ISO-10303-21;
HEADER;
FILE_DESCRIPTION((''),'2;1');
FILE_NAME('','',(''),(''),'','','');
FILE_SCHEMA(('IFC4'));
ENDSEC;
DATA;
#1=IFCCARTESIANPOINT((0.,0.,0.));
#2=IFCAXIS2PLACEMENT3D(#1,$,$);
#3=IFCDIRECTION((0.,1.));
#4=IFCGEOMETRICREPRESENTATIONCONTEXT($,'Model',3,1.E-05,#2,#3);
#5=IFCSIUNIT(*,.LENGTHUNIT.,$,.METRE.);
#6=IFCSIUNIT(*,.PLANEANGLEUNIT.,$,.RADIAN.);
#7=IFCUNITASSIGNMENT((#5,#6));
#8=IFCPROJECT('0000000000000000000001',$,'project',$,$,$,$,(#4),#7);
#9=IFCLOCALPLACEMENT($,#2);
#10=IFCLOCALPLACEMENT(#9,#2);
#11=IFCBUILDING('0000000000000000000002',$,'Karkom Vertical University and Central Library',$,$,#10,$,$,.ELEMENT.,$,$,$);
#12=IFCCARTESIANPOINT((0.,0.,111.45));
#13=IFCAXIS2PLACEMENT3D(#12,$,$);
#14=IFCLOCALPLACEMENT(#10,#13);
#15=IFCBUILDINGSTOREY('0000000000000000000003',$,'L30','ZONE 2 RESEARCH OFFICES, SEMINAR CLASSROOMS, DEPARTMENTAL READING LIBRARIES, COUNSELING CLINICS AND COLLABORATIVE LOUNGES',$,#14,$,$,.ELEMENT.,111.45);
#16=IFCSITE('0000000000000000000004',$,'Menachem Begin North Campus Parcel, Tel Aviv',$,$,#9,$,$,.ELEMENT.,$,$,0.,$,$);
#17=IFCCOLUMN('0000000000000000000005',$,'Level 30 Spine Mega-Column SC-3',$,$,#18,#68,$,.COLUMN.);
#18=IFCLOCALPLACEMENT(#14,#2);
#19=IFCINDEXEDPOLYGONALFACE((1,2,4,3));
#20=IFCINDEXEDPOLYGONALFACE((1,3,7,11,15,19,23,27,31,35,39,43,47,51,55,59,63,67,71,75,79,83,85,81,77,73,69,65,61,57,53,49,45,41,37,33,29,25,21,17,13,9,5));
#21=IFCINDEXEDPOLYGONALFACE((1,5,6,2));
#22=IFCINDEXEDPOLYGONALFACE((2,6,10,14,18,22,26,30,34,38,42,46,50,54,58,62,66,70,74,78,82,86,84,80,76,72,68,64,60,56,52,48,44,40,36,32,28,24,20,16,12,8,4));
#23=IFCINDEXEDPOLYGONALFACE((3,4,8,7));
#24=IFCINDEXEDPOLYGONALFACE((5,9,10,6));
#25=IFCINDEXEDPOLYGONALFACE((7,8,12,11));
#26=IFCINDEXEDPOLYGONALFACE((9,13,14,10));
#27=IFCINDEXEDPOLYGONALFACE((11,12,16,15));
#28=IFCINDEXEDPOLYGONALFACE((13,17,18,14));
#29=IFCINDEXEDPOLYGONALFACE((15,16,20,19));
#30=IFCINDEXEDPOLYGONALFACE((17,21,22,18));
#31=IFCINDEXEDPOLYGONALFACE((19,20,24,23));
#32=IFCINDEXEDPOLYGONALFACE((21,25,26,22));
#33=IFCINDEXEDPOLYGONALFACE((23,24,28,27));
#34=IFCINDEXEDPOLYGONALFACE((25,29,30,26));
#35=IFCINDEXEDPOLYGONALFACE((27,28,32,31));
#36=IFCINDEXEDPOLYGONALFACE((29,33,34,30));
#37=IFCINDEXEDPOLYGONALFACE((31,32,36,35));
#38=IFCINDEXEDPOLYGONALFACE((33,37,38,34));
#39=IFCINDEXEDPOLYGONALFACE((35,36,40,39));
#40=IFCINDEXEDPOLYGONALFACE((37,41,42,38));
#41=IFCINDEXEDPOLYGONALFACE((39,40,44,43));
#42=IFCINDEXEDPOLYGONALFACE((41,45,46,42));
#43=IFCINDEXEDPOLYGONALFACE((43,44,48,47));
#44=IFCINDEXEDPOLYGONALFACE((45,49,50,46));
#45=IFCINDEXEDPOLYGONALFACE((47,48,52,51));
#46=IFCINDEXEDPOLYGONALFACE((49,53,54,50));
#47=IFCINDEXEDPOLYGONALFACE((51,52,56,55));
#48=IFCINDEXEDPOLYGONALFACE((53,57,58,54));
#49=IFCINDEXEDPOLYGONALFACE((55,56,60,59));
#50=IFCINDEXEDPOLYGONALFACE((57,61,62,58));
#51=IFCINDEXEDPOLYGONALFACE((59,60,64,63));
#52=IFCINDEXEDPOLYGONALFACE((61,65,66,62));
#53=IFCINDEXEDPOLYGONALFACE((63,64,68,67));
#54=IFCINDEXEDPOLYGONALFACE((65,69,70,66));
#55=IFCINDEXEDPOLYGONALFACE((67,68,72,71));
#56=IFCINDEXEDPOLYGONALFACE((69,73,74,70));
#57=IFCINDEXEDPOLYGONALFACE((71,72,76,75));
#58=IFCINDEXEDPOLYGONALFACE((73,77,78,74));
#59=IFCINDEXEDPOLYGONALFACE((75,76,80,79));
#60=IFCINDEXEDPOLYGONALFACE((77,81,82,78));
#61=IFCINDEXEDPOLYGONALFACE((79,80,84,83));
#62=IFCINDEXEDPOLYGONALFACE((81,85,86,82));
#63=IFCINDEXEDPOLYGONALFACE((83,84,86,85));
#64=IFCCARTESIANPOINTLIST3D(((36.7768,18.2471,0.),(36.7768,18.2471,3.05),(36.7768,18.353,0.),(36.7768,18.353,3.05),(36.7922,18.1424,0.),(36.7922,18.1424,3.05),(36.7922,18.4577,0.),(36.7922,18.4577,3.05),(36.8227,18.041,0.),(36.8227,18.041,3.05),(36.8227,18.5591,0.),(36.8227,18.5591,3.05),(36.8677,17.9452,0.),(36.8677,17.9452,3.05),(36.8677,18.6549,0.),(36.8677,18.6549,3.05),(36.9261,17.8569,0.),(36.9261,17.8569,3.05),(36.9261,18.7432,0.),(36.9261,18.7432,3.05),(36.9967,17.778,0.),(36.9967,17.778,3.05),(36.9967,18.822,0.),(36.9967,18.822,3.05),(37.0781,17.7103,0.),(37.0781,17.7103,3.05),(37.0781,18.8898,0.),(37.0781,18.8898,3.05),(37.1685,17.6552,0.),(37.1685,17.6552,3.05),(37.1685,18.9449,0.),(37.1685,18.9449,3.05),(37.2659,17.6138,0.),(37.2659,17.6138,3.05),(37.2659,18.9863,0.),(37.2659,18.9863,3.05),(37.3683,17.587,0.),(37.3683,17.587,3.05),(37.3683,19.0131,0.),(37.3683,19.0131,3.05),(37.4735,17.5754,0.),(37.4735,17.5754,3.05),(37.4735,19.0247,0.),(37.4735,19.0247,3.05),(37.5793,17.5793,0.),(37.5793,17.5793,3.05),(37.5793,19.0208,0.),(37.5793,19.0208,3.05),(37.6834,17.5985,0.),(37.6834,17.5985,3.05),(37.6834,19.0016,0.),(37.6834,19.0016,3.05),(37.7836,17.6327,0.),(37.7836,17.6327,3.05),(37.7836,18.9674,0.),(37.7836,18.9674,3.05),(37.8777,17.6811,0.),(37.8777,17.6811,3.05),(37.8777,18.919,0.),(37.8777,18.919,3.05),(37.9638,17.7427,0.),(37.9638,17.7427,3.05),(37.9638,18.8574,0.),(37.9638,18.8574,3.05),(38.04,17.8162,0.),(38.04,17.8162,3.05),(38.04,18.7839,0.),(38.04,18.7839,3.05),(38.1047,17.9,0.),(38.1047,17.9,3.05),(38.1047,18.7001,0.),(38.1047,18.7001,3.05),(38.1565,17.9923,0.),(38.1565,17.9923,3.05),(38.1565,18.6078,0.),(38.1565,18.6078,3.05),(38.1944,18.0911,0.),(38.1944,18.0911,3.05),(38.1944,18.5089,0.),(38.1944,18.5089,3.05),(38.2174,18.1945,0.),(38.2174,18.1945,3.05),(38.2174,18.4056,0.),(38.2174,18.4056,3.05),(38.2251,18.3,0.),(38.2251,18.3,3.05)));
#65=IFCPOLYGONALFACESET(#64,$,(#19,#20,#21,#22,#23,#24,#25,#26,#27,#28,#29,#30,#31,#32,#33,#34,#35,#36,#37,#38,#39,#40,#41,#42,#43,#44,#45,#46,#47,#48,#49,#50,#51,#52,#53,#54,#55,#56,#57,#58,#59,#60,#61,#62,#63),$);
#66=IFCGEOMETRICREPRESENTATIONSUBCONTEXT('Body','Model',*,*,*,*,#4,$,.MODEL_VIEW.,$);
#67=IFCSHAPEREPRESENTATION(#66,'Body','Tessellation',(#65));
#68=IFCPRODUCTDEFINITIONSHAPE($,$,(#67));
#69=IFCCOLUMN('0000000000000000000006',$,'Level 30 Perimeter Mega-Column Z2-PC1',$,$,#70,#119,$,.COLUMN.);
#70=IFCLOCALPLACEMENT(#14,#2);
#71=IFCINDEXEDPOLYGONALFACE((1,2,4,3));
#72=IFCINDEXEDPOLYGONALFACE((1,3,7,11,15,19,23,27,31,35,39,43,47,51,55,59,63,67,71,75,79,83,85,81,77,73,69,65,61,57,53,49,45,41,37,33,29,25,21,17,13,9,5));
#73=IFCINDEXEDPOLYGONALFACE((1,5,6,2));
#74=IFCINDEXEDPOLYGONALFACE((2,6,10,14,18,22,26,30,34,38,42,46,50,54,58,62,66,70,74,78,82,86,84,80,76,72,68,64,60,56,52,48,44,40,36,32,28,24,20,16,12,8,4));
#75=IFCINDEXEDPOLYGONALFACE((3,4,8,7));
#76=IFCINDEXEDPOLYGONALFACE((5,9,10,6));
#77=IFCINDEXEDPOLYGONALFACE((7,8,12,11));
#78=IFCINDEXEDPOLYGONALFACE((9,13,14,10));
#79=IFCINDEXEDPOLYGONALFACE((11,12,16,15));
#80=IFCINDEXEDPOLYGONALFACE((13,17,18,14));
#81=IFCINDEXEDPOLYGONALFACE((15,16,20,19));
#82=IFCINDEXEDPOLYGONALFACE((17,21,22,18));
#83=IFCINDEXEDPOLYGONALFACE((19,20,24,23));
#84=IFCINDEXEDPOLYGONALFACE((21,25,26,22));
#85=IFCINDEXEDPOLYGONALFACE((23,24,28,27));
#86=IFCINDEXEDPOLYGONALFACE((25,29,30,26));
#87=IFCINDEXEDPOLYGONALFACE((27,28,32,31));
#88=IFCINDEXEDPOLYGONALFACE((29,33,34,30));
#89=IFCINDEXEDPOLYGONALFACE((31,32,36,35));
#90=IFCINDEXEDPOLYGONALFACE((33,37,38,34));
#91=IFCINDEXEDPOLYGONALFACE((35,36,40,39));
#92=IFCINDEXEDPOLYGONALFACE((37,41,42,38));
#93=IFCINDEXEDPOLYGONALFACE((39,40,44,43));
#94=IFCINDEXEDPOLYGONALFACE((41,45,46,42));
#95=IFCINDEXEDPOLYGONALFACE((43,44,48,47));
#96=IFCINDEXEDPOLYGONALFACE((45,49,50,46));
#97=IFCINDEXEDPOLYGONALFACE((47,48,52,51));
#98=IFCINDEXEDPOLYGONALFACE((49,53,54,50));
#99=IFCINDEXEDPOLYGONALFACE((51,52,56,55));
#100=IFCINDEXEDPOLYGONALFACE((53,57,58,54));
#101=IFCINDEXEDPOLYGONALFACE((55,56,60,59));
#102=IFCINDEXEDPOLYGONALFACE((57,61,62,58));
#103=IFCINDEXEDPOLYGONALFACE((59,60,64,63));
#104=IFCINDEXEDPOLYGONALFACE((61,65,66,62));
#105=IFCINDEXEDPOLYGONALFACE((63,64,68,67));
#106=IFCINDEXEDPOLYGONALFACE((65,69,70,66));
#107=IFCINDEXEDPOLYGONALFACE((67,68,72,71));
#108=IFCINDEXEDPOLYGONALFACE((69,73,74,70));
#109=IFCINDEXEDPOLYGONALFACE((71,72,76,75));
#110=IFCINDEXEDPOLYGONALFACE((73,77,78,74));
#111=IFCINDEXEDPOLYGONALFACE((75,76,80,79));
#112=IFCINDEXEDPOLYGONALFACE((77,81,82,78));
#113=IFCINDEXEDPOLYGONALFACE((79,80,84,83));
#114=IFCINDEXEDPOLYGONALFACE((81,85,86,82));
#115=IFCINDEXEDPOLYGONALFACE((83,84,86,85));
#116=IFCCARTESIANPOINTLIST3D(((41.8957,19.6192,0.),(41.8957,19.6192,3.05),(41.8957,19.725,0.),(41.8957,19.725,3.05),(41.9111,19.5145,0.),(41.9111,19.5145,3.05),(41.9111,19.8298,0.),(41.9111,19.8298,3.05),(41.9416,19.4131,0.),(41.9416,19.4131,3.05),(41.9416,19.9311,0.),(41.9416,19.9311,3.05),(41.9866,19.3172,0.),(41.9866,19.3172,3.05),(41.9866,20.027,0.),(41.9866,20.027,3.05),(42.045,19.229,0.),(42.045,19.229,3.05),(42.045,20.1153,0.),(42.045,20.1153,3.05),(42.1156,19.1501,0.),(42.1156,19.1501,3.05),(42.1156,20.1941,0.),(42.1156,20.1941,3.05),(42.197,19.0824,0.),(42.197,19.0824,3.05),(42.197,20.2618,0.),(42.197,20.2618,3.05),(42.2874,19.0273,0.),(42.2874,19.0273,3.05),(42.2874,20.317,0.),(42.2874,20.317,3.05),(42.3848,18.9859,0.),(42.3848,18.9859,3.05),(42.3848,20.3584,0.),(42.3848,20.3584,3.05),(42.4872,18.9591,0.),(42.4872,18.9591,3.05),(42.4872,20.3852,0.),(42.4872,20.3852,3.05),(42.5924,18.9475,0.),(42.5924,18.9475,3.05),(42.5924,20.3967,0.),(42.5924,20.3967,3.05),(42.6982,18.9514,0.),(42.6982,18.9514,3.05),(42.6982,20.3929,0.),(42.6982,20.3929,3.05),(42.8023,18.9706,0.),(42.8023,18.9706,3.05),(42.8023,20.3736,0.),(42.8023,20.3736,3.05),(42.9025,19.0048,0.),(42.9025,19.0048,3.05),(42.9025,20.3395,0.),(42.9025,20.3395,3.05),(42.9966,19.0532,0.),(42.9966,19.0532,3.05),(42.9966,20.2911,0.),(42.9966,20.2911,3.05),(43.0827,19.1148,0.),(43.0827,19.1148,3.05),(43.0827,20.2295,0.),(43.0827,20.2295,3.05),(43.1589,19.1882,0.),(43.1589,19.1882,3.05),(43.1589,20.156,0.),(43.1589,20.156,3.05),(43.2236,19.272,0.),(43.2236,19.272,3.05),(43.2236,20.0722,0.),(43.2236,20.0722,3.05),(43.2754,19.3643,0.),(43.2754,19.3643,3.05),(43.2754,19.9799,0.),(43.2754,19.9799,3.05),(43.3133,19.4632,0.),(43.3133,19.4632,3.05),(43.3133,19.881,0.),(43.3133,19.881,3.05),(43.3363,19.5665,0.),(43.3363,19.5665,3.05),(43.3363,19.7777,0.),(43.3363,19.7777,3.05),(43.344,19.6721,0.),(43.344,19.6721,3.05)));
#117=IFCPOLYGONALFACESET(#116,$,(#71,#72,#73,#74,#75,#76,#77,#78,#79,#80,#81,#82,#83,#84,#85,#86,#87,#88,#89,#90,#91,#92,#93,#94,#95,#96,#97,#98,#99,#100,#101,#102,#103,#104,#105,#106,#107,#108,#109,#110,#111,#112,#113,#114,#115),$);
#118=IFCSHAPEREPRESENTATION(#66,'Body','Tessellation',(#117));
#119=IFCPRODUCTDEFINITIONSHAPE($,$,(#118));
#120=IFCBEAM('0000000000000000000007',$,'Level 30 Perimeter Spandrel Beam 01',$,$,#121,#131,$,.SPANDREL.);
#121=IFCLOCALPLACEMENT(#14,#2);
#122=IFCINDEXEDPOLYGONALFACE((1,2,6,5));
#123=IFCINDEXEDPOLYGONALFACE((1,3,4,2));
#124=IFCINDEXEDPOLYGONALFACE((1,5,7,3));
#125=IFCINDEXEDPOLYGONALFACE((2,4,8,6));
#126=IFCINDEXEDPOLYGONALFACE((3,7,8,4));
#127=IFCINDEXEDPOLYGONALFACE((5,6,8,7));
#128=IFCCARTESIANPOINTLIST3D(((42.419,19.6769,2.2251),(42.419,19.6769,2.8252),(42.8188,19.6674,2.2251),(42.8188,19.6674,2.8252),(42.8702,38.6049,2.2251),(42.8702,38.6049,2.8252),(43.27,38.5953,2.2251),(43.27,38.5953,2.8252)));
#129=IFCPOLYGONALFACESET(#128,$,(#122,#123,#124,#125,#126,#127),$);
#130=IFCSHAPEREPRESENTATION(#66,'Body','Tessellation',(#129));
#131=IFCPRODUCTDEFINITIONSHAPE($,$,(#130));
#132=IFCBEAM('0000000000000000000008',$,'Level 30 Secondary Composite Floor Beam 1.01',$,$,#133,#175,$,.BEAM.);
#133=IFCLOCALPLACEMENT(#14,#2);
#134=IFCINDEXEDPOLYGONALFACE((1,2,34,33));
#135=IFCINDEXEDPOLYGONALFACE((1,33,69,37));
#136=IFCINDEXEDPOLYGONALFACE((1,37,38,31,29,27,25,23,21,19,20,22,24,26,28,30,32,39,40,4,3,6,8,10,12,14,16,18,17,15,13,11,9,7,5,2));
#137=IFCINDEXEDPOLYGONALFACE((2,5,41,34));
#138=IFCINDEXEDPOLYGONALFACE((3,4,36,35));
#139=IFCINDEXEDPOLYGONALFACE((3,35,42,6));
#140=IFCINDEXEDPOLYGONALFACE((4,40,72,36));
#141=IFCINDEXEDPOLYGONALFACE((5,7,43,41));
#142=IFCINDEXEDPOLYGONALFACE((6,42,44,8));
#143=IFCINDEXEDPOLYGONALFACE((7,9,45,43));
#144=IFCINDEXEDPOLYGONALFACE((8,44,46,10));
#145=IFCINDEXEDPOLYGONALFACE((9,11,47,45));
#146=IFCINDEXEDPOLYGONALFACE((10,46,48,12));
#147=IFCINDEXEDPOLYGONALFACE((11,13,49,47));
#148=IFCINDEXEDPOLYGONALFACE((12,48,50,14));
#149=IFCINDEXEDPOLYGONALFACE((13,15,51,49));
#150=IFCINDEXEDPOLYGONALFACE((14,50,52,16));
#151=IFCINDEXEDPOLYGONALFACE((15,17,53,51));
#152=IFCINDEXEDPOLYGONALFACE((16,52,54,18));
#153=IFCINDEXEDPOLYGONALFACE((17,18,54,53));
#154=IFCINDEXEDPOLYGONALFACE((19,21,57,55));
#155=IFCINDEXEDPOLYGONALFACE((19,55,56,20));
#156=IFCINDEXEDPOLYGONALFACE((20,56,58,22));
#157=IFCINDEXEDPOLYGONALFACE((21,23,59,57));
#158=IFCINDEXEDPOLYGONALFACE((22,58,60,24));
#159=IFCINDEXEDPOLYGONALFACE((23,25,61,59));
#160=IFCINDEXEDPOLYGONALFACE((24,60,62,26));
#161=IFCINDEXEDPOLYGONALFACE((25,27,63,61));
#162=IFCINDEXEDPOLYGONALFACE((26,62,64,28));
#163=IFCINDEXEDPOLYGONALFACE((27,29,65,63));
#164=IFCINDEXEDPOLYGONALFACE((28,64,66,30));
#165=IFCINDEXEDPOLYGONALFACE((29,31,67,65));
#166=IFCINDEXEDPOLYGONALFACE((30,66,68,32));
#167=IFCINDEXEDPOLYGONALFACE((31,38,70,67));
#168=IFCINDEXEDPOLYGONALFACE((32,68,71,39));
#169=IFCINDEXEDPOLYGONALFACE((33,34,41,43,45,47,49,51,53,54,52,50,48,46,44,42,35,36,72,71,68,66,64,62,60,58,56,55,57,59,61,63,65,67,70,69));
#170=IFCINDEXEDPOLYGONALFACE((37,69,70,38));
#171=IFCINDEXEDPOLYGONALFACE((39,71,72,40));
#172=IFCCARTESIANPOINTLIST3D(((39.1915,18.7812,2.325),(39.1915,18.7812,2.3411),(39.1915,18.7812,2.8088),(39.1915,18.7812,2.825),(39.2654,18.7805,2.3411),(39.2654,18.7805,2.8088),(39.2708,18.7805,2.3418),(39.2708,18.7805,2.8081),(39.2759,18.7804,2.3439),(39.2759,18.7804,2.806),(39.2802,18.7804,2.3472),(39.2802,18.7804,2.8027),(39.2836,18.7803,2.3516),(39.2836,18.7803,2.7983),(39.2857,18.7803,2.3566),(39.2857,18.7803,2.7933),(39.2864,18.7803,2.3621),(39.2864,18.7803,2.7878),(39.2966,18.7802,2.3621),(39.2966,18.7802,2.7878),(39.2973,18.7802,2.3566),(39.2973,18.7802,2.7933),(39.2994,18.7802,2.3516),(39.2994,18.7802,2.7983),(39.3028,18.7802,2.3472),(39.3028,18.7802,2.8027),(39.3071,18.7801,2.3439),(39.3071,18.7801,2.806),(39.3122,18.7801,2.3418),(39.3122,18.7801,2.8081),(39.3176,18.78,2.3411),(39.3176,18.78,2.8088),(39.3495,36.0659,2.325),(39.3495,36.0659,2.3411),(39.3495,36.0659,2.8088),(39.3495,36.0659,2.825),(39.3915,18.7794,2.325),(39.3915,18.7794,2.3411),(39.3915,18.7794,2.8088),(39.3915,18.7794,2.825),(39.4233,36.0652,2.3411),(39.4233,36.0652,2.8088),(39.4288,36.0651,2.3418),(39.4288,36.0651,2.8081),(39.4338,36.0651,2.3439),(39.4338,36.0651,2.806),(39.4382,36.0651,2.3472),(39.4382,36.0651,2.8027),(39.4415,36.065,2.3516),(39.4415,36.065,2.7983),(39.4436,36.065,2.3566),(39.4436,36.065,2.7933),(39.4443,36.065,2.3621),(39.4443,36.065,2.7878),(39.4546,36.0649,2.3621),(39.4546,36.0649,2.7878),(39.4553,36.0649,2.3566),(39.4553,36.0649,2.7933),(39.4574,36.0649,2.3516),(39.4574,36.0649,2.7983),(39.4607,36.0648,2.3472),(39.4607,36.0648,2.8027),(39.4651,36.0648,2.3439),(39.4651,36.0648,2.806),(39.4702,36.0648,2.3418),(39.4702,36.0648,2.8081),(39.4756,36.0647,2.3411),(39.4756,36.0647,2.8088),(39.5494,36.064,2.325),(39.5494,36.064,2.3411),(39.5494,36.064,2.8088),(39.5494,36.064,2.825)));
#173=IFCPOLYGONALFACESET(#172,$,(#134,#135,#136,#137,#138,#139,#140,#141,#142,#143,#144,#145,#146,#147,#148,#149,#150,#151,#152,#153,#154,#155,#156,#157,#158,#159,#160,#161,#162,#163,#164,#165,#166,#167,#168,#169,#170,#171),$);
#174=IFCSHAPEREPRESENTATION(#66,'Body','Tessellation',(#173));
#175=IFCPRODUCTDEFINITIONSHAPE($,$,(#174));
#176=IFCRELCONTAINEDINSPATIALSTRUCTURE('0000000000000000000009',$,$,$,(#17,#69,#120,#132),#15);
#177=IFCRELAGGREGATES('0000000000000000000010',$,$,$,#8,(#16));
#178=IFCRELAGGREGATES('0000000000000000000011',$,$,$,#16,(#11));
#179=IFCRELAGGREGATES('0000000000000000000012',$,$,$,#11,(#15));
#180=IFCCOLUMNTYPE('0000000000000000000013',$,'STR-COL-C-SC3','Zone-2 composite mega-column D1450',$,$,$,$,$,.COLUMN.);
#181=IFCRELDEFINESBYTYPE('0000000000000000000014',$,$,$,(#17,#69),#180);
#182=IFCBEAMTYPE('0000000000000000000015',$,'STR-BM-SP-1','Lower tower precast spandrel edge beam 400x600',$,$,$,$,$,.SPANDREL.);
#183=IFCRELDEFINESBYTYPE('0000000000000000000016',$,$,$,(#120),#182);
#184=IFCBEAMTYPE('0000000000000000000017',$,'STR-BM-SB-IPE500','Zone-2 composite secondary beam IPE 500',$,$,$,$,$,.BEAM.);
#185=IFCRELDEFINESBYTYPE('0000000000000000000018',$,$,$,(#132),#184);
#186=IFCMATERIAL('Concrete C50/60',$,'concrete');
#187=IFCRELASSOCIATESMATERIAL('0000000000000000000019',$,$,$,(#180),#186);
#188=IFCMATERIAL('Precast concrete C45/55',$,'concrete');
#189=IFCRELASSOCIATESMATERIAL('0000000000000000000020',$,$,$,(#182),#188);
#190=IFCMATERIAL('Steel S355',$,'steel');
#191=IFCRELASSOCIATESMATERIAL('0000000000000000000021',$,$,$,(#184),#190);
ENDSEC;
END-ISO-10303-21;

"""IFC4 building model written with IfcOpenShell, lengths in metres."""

from ifc_helpers import new_model, si_unit, direction, frame, origin, origin_with_axes, origin_2d, place, context, subcontext, project, spatial, rectangle, circle, i_section, extrude, source, transform, mapped, material, material_profile, profile_set, type_object, element, save


model = new_model("IFC4")

# Units and contexts
model_context = context("Model", 3, precision=1e-05, world=origin(), true_north=direction((0.0, 1.0)))
body_context = subcontext(model_context, "Body", "Model", "MODEL_VIEW")
ifc_project = project(units=[si_unit("LENGTHUNIT", "METRE"), si_unit("PLANEANGLEUNIT", "RADIAN")], contexts=[model_context])

# Site, building, storey
site_placement = place(None, origin())
site = spatial("IfcSite", under=ifc_project, at=site_placement, Name="Menachem Begin North Campus Parcel, Tel Aviv", CompositionType="ELEMENT", RefElevation=0.0)
building_placement = place(site_placement, origin())
building = spatial("IfcBuilding", under=site, at=building_placement, Name="Karkom Vertical University and Central Library", CompositionType="ELEMENT")
storey_placement = place(building_placement, frame((0.0, 0.0, 111.45)))
storey = spatial("IfcBuildingStorey", under=building, at=storey_placement, Name="L30", Description="ZONE 2 RESEARCH OFFICES, SEMINAR CLASSROOMS, DEPARTMENTAL READING LIBRARIES, COUNSELING CLINICS AND COLLABORATIVE LOUNGES", CompositionType="ELEMENT", Elevation=111.45)

# Columns
ifc_material_1 = material(Name="Concrete C50/60", Category="concrete")
ifc_material_profile_1 = material_profile(ifc_material_1, circle(Radius=0.7251, at=origin_2d()), Name="CFT-D1450")
ifc_profile_set_1 = profile_set([ifc_material_profile_1], Name="Concrete C50/60")
column_type = type_object("IfcColumnType", Name="STR-COL-C-SC3", Description="Zone-2 composite mega-column D1450", PredefinedType="COLUMN", material=ifc_profile_set_1)
shared_shape_1 = source(origin_with_axes(), body_context, "Body", "SweptSolid", [
    extrude(circle(Radius=0.7251, at=origin_2d()), origin(), (0.0, 0.0, 1.0), 3.05),
])
for number, where, z_axis, x_axis, name in (
    (1, (37.5, 18.3, 0.0), (0.0, 0.0, 1.0), (1.0, 0.0, 0.0), "Level 30 Spine Mega-Column SC-3"),
    (2, (42.6189, 19.6721, 0.0), (0.0, 0.0, 1.0), (1.0, 0.0, 0.0), "Level 30 Perimeter Mega-Column Z2-PC1"),
):
    element("IfcColumn", number, at=place(storey_placement, frame(where, z_axis=z_axis, x_axis=x_axis)), inside=storey, type_object=column_type, Name=name, PredefinedType="COLUMN", context=body_context, shape_type="MappedRepresentation", body=[
        mapped(shared_shape_1, transform((0.0, 0.0, 0.0), scale=1.0)),
    ])

# Beams
ifc_material_2 = material(Name="Precast concrete C45/55", Category="concrete")
ifc_material_profile_2 = material_profile(ifc_material_2, rectangle(XDim=0.3999, YDim=0.6001, at=origin_2d()), Name="SPB-400x600")
ifc_profile_set_2 = profile_set([ifc_material_profile_2], Name="Precast concrete C45/55")
beam_type_1 = type_object("IfcBeamType", Name="STR-BM-SP-1", Description="Lower tower precast spandrel edge beam 400x600", PredefinedType="SPANDREL", material=ifc_profile_set_2)
shared_shape_2 = source(origin_with_axes(), body_context, "Body", "SweptSolid", [
    extrude(rectangle(XDim=0.3999, YDim=0.6001, at=origin_2d()), origin(), (0.0, 0.0, 1.0), 18.9333),
])
beam_1_placement = place(storey_placement, frame((42.6189, 19.6721, 2.5251), z_axis=(0.023829, 0.999716, 0.0), x_axis=(-0.999716, 0.023829, 0.0)))
element("IfcBeam", 3, at=beam_1_placement, inside=storey, type_object=beam_type_1, Name="Level 30 Perimeter Spandrel Beam 01", PredefinedType="SPANDREL", context=body_context, shape_type="MappedRepresentation", body=[
    mapped(shared_shape_2, transform((0.0, 0.0, 0.0), scale=1.0)),
])
ifc_material_3 = material(Name="Steel S355", Category="steel")
ifc_material_profile_3 = material_profile(ifc_material_3, i_section(OverallWidth=0.2, OverallDepth=0.5, WebThickness=0.0103, FlangeThickness=0.0161, FilletRadius=0.021, at=origin_2d()), Name="IPE 500")
ifc_profile_set_3 = profile_set([ifc_material_profile_3], Name="Steel S355")
beam_type_2 = type_object("IfcBeamType", Name="STR-BM-SB-IPE500", Description="Zone-2 composite secondary beam IPE 500", PredefinedType="BEAM", material=ifc_profile_set_3)
shared_shape_3 = source(origin_with_axes(), body_context, "Body", "SweptSolid", [
    extrude(i_section(OverallWidth=0.2, OverallDepth=0.5, WebThickness=0.0103, FlangeThickness=0.0161, FilletRadius=0.021, at=origin_2d()), origin(), (0.0, 0.0, 1.0), 17.2854),
])
beam_2_placement = place(storey_placement, frame((39.2915, 18.7803, 2.575), z_axis=(0.009138, 0.999958, 0.0), x_axis=(-0.999958, 0.009138, 0.0)))
element("IfcBeam", 4, at=beam_2_placement, inside=storey, type_object=beam_type_2, Name="Level 30 Secondary Composite Floor Beam 1.01", PredefinedType="BEAM", context=body_context, shape_type="MappedRepresentation", body=[
    mapped(shared_shape_3, transform((0.0, 0.0, 0.0), scale=1.0)),
])

save(model, "model.ifc")
